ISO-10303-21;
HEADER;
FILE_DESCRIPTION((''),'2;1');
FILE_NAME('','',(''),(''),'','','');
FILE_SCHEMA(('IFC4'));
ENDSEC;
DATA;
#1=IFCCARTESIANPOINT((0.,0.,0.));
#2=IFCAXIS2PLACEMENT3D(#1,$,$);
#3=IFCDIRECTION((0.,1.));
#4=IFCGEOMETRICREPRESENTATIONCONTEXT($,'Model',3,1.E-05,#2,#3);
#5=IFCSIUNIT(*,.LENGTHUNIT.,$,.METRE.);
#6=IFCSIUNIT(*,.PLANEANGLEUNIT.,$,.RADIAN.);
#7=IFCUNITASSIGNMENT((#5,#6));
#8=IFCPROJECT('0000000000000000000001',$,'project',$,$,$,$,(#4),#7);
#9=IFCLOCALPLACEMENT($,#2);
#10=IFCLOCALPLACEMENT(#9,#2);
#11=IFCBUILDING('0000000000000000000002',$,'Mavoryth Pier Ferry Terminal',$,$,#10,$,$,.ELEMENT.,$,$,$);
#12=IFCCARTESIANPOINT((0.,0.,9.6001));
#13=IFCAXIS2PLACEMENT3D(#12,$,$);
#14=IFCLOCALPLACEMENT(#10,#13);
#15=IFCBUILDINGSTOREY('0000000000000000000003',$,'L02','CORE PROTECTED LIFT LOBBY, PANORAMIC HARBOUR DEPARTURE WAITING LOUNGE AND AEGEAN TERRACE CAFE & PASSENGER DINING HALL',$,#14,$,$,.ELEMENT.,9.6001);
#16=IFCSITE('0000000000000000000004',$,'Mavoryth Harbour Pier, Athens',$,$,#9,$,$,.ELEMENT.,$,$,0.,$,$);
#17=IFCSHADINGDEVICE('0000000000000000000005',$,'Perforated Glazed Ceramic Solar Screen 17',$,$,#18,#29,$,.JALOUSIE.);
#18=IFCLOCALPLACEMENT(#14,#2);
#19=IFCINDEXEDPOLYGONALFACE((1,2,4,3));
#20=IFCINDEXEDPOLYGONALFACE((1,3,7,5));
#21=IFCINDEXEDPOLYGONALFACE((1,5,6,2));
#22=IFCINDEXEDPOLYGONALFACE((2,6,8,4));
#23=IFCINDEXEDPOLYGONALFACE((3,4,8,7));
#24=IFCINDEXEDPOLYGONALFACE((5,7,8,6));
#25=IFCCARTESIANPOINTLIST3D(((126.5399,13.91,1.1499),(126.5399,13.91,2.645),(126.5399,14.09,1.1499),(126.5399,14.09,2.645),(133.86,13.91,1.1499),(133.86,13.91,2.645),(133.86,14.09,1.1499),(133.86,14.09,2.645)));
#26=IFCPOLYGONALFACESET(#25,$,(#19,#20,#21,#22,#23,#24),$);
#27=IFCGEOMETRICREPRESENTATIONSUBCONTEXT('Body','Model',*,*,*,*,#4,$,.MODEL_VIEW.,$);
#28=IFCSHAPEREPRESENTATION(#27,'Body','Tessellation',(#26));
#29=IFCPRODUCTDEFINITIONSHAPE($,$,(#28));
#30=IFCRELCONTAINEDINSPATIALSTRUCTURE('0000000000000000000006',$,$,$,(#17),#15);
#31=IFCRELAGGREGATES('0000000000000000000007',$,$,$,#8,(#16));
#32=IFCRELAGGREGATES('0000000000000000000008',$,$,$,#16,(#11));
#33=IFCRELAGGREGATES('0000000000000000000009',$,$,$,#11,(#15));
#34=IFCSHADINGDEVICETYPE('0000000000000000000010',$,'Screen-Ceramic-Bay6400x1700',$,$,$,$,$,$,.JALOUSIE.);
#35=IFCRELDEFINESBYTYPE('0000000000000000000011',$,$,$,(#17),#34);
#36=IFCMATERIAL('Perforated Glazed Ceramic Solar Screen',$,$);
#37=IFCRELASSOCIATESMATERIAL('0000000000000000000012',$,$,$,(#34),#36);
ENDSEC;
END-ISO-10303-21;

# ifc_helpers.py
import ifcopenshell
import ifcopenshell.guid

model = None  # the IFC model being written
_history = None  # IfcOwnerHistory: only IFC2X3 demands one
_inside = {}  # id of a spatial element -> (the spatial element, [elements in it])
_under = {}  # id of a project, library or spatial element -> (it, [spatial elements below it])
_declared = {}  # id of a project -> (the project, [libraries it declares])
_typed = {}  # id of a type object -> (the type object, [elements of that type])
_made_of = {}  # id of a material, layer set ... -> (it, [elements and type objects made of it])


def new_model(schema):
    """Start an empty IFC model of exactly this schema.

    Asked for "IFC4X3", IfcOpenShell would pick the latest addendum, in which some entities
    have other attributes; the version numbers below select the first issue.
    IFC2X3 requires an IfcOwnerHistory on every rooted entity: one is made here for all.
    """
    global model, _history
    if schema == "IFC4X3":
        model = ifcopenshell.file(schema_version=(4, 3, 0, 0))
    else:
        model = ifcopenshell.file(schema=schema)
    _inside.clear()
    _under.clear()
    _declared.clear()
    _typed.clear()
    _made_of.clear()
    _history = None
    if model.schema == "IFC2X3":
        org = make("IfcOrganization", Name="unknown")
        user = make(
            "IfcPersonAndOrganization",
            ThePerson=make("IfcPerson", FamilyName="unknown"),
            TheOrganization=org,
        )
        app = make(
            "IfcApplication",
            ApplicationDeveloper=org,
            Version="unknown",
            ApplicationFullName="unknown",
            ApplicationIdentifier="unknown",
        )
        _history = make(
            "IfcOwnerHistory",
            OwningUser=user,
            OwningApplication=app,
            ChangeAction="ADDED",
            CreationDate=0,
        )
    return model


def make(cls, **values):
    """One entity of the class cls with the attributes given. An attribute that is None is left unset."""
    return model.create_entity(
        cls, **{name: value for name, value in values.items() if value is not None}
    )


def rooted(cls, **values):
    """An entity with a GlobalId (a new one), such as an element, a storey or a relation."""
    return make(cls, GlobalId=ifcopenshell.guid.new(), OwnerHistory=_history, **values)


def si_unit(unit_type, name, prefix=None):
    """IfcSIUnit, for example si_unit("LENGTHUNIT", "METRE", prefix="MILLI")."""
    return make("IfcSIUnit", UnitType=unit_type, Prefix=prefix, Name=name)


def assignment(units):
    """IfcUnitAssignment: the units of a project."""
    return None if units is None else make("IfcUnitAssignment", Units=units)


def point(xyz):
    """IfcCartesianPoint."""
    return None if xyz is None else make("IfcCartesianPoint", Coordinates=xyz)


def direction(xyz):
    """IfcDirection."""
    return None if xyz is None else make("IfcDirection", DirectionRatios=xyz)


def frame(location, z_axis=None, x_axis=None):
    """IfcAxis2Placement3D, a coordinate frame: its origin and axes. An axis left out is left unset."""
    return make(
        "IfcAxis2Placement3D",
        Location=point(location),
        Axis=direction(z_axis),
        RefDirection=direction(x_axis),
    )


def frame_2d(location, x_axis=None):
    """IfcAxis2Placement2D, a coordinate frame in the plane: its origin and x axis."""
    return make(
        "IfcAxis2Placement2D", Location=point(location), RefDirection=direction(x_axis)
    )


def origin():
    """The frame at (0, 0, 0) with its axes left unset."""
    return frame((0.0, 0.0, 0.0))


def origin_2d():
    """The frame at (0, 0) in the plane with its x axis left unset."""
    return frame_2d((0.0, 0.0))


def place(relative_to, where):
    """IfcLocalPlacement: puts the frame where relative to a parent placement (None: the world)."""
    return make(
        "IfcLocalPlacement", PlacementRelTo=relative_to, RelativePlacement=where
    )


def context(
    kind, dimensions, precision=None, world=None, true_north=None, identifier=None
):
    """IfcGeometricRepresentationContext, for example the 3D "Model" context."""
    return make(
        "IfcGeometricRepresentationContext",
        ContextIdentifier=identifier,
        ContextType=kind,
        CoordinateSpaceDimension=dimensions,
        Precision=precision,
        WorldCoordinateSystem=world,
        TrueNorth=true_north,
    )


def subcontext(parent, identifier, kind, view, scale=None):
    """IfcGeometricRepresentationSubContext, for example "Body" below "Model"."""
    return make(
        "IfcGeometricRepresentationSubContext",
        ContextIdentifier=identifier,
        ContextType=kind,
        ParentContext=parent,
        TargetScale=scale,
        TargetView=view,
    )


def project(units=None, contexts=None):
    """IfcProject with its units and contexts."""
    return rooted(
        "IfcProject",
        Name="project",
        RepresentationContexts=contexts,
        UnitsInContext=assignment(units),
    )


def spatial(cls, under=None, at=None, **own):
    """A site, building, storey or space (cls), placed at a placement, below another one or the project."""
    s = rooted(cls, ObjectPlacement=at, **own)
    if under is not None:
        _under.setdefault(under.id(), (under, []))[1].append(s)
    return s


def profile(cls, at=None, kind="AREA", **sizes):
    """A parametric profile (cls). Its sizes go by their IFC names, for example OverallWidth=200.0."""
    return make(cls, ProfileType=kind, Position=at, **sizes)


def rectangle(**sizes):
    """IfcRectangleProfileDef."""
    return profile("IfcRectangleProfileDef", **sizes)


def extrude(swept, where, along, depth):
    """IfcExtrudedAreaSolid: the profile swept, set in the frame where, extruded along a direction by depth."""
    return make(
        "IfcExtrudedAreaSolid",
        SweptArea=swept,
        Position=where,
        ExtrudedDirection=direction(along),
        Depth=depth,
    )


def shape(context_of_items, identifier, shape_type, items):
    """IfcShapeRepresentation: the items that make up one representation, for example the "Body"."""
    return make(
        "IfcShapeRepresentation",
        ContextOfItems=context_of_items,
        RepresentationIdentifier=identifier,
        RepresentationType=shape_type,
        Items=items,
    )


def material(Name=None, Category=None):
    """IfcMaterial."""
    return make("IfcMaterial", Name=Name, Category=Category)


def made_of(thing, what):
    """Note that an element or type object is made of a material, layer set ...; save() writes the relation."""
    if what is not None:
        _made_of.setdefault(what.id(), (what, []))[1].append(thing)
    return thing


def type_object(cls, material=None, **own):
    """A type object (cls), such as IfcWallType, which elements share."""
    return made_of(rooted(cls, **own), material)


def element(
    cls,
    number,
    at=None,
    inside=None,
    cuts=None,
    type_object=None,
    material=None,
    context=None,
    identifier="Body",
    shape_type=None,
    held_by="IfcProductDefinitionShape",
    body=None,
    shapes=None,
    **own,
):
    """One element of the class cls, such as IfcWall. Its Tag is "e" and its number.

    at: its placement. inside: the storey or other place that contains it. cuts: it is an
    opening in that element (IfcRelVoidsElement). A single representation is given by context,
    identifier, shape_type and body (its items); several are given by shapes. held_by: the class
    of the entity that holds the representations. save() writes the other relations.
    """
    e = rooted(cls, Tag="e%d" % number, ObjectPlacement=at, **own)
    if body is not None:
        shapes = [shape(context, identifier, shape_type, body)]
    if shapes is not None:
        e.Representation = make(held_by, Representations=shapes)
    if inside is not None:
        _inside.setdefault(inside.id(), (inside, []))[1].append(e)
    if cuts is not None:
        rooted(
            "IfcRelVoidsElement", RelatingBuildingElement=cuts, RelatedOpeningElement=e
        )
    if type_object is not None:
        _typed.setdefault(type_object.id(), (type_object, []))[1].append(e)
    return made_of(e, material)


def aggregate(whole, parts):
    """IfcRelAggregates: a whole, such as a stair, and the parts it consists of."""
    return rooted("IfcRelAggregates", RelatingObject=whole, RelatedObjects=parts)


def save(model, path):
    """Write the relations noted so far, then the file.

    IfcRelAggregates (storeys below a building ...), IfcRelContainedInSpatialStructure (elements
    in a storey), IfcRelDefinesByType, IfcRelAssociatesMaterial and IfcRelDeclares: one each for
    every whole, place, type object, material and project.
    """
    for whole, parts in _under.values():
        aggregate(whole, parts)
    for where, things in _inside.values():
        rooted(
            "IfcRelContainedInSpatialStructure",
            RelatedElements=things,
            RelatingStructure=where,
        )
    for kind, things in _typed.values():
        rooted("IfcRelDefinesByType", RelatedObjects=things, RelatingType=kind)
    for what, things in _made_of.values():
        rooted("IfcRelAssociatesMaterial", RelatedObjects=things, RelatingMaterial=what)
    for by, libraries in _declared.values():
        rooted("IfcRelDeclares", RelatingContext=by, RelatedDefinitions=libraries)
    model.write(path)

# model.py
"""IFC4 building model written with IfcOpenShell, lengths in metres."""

from ifc_helpers import new_model, si_unit, direction, frame, origin, origin_2d, place, context, subcontext, project, spatial, rectangle, extrude, material, type_object, element, save


model = new_model("IFC4")

# Units and contexts
model_context = context("Model", 3, precision=1e-05, world=origin(), true_north=direction((0.0, 1.0)))
body_context = subcontext(model_context, "Body", "Model", "MODEL_VIEW")
ifc_project = project(units=[si_unit("LENGTHUNIT", "METRE"), si_unit("PLANEANGLEUNIT", "RADIAN")], contexts=[model_context])

# Site, building, storey
site_placement = place(None, origin())
site = spatial("IfcSite", under=ifc_project, at=site_placement, Name="Mavoryth Harbour Pier, Athens", CompositionType="ELEMENT", RefElevation=0.0)
building_placement = place(site_placement, origin())
building = spatial("IfcBuilding", under=site, at=building_placement, Name="Mavoryth Pier Ferry Terminal", CompositionType="ELEMENT")
storey_placement = place(building_placement, frame((0.0, 0.0, 9.6001)))
storey = spatial("IfcBuildingStorey", under=building, at=storey_placement, Name="L02", Description="CORE PROTECTED LIFT LOBBY, PANORAMIC HARBOUR DEPARTURE WAITING LOUNGE AND AEGEAN TERRACE CAFE & PASSENGER DINING HALL", CompositionType="ELEMENT", Elevation=9.6001)

# Shading device
ifc_material_1 = material(Name="Perforated Glazed Ceramic Solar Screen")
shading_device_type = type_object("IfcShadingDeviceType", Name="Screen-Ceramic-Bay6400x1700", PredefinedType="JALOUSIE", material=ifc_material_1)
shading_device_1_placement = place(storey_placement, frame((130.2, 14.0, 1.1499), z_axis=(0.0, 0.0, 1.0), x_axis=(1.0, 0.0, 0.0)))
element("IfcShadingDevice", 1, at=shading_device_1_placement, inside=storey, type_object=shading_device_type, Name="Perforated Glazed Ceramic Solar Screen 17", PredefinedType="JALOUSIE", context=body_context, shape_type="SweptSolid", body=[
    extrude(rectangle(XDim=7.3201, YDim=0.1799, at=origin_2d()), origin(), (0.0, 0.0, 1.0), 1.4951),
])

save(model, "model.ifc")
